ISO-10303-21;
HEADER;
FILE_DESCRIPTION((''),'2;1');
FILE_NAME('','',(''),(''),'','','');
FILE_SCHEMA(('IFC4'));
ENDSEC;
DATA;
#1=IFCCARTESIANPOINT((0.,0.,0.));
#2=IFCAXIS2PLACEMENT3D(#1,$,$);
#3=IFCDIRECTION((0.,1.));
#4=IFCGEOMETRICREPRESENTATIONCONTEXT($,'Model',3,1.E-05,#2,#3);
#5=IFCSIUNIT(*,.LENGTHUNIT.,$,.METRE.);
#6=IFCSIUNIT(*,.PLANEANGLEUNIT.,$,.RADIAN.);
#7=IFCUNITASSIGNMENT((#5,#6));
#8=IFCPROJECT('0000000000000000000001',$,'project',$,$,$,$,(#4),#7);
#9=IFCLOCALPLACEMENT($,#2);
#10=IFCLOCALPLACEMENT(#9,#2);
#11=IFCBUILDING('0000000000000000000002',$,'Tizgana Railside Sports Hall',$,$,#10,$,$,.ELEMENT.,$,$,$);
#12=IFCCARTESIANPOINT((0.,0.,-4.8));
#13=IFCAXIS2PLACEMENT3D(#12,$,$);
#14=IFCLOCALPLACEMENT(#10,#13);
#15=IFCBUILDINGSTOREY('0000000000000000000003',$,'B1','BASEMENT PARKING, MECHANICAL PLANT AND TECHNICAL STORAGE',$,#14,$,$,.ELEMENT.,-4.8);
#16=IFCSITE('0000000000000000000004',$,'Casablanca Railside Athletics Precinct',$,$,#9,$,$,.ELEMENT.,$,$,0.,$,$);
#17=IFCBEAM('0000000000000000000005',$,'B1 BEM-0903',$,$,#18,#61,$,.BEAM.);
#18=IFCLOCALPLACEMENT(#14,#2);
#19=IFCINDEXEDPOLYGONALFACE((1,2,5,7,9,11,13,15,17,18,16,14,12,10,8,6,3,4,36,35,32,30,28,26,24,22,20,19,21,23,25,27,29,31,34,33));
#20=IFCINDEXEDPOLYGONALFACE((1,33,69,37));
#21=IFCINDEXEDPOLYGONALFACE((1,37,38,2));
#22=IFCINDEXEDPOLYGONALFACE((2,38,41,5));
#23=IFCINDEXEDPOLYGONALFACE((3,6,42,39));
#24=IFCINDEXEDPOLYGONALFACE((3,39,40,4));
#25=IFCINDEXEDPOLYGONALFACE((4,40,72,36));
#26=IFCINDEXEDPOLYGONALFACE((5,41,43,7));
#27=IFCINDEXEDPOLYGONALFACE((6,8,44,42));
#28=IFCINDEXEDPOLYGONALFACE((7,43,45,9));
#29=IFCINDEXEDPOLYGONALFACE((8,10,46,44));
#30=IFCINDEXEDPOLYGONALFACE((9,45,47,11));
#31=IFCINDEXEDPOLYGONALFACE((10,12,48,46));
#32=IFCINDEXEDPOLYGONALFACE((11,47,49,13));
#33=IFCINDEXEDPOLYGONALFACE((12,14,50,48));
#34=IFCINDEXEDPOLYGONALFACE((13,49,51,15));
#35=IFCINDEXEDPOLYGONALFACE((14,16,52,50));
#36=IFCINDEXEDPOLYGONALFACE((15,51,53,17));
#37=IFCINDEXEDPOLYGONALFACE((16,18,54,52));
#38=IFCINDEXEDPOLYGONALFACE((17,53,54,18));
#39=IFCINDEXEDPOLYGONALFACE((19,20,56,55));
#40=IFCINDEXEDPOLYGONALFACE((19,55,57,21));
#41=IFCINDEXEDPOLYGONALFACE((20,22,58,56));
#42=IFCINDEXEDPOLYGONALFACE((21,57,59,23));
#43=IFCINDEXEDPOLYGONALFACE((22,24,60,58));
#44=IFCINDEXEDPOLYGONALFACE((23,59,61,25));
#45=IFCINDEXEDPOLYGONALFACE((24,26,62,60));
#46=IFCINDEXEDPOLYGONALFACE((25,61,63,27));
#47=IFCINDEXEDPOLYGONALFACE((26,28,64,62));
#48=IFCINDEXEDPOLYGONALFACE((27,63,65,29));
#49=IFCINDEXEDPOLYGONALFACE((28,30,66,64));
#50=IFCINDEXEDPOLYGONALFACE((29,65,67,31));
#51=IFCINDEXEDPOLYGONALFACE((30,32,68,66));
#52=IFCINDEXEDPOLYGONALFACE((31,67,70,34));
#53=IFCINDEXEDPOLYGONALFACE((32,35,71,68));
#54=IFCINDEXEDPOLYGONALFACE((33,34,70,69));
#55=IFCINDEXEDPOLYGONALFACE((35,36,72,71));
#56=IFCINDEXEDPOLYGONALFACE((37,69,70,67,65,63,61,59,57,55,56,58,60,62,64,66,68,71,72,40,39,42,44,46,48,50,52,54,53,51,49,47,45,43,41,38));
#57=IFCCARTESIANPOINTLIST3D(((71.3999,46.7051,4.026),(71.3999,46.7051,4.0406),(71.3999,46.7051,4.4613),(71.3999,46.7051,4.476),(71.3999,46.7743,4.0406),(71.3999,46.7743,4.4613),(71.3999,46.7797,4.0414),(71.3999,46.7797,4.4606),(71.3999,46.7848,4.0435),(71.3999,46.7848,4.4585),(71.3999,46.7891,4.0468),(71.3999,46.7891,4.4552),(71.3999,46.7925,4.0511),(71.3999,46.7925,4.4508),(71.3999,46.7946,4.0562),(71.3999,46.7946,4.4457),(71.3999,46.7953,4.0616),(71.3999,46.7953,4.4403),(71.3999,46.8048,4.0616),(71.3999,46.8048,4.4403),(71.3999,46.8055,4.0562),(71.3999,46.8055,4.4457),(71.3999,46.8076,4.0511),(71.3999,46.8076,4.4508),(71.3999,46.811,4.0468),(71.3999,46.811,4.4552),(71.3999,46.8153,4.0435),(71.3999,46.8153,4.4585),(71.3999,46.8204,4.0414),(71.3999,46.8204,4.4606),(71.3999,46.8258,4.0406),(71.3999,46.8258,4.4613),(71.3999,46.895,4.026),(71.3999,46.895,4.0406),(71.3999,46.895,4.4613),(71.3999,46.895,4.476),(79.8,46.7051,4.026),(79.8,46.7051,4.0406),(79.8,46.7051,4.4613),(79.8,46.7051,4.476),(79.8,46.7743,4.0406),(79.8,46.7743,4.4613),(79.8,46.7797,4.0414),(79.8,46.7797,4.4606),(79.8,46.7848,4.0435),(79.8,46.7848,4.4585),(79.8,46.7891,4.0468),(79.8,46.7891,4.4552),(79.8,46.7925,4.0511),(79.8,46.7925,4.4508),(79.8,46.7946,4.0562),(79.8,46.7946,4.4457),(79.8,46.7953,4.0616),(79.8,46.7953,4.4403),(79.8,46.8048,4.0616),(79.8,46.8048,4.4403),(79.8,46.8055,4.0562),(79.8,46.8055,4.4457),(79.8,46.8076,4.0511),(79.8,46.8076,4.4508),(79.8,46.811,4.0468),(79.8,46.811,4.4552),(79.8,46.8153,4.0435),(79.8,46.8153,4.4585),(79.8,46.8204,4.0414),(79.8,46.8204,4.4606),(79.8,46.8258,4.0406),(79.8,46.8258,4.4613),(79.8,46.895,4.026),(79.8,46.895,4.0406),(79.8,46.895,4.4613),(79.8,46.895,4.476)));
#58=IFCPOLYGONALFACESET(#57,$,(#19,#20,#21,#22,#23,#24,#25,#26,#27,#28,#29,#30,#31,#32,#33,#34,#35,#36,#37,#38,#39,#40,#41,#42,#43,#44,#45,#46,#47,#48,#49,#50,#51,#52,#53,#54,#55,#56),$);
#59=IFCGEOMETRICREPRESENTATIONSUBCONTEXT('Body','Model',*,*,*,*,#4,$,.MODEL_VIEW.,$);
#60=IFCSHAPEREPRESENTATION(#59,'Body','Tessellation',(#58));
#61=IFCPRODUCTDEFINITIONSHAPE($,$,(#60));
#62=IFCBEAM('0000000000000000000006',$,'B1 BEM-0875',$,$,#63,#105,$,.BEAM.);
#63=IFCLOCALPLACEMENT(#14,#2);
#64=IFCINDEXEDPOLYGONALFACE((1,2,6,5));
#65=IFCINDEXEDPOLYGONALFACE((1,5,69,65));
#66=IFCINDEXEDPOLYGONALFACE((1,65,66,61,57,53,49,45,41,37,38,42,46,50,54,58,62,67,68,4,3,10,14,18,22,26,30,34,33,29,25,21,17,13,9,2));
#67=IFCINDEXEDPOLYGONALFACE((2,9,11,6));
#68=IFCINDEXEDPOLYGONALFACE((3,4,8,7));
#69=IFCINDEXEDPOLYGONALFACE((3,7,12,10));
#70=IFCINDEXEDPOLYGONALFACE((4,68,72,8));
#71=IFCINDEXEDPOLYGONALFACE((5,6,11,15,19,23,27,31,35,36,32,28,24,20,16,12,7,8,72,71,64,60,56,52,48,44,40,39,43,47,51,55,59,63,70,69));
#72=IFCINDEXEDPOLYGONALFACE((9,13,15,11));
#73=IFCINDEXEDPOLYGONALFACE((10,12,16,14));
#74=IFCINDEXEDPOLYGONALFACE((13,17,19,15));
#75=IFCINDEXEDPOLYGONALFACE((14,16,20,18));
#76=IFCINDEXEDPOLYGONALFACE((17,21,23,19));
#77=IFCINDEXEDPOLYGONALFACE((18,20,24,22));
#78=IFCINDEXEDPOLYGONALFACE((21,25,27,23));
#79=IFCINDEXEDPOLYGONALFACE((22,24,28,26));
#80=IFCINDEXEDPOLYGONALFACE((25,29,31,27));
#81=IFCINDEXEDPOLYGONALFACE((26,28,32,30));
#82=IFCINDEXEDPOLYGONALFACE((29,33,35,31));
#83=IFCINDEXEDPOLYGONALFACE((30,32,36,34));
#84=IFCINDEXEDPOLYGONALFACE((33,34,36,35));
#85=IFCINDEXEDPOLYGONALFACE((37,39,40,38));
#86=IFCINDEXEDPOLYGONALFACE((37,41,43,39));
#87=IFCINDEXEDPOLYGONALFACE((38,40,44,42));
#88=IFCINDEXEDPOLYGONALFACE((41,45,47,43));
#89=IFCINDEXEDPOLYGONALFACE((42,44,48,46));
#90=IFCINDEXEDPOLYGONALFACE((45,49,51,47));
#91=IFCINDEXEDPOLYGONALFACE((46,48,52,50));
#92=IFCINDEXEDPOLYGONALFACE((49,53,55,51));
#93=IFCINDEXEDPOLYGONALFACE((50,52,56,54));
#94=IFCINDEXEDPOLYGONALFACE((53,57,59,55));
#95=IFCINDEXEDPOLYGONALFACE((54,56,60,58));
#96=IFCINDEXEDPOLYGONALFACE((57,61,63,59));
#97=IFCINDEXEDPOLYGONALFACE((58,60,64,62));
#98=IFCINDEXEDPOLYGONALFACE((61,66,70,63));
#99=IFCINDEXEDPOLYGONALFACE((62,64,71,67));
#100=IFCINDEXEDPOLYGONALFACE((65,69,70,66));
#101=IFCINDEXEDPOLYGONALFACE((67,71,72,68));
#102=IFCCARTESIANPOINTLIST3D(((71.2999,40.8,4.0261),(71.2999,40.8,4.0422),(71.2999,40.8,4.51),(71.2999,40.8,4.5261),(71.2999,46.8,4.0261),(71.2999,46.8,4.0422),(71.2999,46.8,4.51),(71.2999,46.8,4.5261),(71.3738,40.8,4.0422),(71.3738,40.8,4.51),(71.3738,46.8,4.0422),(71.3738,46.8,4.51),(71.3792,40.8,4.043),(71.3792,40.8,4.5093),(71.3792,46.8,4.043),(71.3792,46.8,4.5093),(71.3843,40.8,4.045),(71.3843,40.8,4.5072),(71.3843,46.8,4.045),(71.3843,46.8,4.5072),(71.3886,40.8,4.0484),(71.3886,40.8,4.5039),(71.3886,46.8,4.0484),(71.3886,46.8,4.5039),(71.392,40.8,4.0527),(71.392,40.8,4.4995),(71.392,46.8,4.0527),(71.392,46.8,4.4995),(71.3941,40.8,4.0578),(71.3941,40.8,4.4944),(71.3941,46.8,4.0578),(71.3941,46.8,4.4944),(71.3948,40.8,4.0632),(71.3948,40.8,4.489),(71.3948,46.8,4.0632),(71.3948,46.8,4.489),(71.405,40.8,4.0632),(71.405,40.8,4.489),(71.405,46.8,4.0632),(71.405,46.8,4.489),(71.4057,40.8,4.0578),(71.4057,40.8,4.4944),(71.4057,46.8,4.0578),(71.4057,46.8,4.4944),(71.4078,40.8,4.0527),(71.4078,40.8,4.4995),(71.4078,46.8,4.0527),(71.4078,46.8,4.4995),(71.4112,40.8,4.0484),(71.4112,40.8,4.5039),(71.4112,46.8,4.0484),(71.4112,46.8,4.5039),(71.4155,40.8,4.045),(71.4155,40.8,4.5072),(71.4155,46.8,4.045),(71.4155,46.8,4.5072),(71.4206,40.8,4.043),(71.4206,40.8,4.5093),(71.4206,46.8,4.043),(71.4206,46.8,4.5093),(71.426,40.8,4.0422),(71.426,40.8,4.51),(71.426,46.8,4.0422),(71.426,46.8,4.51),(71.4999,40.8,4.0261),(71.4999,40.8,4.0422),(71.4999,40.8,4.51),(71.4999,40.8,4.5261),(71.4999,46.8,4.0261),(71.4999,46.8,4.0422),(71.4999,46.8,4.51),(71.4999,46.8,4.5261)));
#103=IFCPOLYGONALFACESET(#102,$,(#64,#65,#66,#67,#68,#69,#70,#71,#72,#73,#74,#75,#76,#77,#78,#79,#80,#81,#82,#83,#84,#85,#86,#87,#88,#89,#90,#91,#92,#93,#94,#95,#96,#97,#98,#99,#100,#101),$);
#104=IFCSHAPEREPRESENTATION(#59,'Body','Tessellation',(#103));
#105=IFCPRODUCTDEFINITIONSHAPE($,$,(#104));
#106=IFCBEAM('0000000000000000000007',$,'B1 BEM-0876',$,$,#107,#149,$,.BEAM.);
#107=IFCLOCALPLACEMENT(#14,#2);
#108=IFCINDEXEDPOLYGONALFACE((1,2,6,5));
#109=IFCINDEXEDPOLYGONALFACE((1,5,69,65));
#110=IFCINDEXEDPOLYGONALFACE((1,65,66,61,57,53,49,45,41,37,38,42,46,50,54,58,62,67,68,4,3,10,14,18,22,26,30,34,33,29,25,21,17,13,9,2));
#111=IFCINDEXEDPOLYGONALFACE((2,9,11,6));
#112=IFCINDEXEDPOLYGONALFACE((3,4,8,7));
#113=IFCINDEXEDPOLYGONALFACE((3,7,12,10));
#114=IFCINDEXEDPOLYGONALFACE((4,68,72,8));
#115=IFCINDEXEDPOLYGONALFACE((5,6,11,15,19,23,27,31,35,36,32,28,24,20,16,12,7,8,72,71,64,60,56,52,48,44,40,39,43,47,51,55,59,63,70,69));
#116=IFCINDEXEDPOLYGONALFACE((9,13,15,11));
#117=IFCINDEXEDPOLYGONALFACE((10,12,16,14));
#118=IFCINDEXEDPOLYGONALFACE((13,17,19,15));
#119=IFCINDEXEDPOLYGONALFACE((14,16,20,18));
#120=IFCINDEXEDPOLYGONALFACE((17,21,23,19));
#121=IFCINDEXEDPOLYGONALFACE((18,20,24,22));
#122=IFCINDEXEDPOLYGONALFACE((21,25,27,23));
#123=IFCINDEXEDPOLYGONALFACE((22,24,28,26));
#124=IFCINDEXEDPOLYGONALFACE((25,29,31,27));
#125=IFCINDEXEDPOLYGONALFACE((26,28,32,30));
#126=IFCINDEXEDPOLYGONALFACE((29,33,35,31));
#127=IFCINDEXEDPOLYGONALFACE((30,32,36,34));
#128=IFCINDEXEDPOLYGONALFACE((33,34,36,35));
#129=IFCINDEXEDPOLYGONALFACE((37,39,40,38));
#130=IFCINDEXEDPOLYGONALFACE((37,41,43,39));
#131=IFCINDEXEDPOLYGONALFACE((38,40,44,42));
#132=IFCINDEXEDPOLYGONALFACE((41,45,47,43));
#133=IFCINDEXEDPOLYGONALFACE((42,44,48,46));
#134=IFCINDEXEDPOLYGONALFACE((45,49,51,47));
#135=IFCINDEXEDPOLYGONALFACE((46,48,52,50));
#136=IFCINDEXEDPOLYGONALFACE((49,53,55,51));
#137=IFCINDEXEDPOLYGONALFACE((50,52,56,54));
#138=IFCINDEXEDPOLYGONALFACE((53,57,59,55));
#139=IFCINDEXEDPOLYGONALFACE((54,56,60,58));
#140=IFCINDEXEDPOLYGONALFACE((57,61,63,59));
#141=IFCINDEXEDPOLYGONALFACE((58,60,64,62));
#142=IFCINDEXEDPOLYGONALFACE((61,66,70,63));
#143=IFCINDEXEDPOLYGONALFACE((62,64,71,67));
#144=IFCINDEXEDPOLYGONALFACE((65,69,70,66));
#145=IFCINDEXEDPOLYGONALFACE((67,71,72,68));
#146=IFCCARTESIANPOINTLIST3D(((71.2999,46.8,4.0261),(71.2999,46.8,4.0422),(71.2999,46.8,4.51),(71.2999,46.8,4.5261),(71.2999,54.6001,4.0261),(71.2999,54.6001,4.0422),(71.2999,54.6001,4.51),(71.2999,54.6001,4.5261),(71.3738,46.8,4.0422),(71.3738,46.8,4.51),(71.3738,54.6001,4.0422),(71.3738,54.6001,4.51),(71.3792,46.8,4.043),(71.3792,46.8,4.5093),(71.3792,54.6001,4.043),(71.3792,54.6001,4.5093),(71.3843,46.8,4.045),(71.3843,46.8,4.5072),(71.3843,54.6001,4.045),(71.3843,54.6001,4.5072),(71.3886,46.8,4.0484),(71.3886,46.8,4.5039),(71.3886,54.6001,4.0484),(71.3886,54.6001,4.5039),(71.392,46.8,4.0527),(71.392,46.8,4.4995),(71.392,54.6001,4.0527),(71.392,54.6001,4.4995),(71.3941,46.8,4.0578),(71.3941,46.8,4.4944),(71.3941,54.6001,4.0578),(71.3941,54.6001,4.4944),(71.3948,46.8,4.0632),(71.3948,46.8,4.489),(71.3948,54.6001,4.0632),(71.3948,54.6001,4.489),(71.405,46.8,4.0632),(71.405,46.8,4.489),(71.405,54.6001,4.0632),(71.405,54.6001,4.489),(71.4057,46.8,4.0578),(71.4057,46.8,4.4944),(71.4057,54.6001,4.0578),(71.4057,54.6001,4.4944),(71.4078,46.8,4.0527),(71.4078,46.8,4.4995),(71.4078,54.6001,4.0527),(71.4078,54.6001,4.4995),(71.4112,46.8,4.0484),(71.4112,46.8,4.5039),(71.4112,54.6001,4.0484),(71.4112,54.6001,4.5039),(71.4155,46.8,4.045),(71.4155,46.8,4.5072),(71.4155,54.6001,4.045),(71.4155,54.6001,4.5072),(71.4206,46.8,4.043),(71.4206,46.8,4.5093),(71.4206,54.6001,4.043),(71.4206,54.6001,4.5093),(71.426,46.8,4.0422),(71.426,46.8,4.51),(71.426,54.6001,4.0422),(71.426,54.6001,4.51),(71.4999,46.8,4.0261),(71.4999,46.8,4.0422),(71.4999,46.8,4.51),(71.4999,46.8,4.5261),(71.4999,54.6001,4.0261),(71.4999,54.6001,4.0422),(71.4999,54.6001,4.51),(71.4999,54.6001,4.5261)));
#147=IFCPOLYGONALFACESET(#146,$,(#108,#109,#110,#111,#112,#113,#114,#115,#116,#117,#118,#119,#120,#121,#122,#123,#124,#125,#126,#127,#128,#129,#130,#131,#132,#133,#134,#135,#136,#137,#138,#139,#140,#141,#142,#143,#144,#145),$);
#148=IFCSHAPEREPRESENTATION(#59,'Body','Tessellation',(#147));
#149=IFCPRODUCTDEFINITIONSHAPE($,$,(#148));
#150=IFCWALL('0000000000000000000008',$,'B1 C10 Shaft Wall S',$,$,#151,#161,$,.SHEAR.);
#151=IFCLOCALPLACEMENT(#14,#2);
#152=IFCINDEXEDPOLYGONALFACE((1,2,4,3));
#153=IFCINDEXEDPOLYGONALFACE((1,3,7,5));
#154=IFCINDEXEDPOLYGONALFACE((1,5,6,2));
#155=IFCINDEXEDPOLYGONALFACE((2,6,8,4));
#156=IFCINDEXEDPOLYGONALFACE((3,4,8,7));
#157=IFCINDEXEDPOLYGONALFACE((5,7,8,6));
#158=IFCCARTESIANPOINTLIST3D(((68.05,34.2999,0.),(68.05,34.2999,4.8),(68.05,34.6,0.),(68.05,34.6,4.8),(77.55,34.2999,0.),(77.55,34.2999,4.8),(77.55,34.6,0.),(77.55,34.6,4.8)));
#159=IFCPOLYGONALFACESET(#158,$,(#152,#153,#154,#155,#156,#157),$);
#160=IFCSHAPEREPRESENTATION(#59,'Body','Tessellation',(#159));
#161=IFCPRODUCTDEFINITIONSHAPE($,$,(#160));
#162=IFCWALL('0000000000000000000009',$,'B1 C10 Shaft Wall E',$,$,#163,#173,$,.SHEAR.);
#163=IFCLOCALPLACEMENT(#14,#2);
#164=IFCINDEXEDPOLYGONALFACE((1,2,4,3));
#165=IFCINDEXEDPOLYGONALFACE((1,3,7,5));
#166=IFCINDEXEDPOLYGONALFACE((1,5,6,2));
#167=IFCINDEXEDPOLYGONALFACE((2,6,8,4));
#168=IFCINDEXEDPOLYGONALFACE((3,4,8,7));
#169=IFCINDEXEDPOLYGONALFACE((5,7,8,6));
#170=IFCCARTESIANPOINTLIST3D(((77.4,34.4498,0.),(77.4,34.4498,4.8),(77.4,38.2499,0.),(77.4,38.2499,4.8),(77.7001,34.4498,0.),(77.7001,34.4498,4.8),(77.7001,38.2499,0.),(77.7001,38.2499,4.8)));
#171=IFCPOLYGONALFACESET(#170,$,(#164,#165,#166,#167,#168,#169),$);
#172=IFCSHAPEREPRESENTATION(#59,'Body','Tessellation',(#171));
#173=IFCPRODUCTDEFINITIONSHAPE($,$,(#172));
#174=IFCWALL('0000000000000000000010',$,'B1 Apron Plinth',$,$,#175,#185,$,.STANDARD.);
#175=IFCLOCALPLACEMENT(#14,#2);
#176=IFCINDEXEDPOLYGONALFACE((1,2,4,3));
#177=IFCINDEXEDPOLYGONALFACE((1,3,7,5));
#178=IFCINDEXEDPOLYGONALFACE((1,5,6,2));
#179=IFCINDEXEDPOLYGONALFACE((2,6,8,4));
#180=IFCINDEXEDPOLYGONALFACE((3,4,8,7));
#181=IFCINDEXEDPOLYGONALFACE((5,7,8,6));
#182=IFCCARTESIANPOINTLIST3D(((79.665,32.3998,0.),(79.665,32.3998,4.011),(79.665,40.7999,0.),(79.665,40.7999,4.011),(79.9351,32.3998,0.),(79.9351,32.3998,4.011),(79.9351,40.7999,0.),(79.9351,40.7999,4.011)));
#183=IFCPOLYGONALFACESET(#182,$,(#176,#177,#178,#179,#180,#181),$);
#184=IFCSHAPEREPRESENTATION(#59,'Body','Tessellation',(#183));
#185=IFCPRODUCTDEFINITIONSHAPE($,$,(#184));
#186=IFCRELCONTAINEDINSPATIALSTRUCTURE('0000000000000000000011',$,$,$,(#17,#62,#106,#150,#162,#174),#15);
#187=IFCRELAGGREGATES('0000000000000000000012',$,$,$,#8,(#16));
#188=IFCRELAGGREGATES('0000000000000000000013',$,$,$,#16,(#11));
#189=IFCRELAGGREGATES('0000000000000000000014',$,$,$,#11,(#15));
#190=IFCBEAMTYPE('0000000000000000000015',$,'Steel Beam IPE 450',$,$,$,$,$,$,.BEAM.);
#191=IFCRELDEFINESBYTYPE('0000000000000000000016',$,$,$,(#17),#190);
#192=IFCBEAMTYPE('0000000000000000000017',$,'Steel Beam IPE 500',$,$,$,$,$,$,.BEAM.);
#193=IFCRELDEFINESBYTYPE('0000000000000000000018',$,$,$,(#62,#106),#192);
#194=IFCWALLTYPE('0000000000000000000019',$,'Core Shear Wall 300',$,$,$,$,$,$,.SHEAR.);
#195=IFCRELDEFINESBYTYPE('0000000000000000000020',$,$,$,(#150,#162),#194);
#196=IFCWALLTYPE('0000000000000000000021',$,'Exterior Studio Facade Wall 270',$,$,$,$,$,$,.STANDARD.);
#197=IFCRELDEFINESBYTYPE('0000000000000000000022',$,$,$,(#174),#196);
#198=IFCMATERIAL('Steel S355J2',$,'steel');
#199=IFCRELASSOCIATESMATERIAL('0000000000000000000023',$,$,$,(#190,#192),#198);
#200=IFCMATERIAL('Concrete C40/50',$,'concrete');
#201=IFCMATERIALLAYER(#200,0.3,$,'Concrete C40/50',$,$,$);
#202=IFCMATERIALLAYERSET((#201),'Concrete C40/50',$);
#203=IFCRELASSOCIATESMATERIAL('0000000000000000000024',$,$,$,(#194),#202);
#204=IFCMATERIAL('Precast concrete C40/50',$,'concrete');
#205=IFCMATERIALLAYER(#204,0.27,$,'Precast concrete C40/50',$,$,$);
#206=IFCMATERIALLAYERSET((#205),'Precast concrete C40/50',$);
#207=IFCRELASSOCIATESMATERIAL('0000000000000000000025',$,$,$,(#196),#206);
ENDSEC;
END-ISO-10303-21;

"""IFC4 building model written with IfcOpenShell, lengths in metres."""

from ifc_helpers import new_model, si_unit, direction, frame, frame_2d, origin, origin_2d, place, context, subcontext, project, spatial, rectangle, i_section, extrude, material, layer, layer_set, material_profile, profile_set, type_object, element, save


model = new_model("IFC4")

# Units and contexts
model_context = context("Model", 3, precision=1e-05, world=origin(), true_north=direction((0.0, 1.0)))
body_context = subcontext(model_context, "Body", "Model", "MODEL_VIEW")
ifc_project = project(units=[si_unit("LENGTHUNIT", "METRE"), si_unit("PLANEANGLEUNIT", "RADIAN")], contexts=[model_context])

# Site, building, storey
site_placement = place(None, origin())
site = spatial("IfcSite", under=ifc_project, at=site_placement, Name="Casablanca Railside Athletics Precinct", CompositionType="ELEMENT", RefElevation=0.0)
building_placement = place(site_placement, origin())
building = spatial("IfcBuilding", under=site, at=building_placement, Name="Tizgana Railside Sports Hall", CompositionType="ELEMENT")
storey_placement = place(building_placement, frame((0.0, 0.0, -4.8)))
storey = spatial("IfcBuildingStorey", under=building, at=storey_placement, Name="B1", Description="BASEMENT PARKING, MECHANICAL PLANT AND TECHNICAL STORAGE", CompositionType="ELEMENT", Elevation=-4.8)

# Shared definitions
ifc_material_1 = material(Name="Concrete C40/50", Category="concrete")

# Beams
ifc_material_2 = material(Name="Steel S355J2", Category="steel")
ifc_material_profile_1 = material_profile(ifc_material_2, i_section(OverallWidth=0.1899, OverallDepth=0.45, WebThickness=0.0095, FlangeThickness=0.0146, FilletRadius=0.021, at=origin_2d()), Name="IPE 450")
ifc_profile_set_1 = profile_set([ifc_material_profile_1], Name="Steel S355J2")
beam_type_1 = type_object("IfcBeamType", Name="Steel Beam IPE 450", PredefinedType="BEAM", material=ifc_profile_set_1)
for number, where, z_axis, x_axis, name in (
    (1, (71.3999, 46.8, 4.251), (1.0, 0.0, 0.0), (0.0, 1.0, 0.0), "B1 BEM-0903"),
):
    element("IfcBeam", number, at=place(storey_placement, frame(where, z_axis=z_axis, x_axis=x_axis)), inside=storey, type_object=beam_type_1, Name=name, PredefinedType="BEAM", context=body_context, shape_type="SweptSolid", body=[
        extrude(i_section(OverallWidth=0.1899, OverallDepth=0.45, WebThickness=0.0095, FlangeThickness=0.0146, FilletRadius=0.021, at=origin_2d()), origin(), (0.0, 0.0, 1.0), 8.4001),
    ])
ifc_material_profile_2 = material_profile(ifc_material_2, i_section(OverallWidth=0.2, OverallDepth=0.5, WebThickness=0.0103, FlangeThickness=0.0161, FilletRadius=0.021, at=origin_2d()), Name="IPE 500")
ifc_profile_set_2 = profile_set([ifc_material_profile_2], Name="Steel S355J2")
beam_type_2 = type_object("IfcBeamType", Name="Steel Beam IPE 500", PredefinedType="BEAM", material=ifc_profile_set_2)
beam_1_placement = place(storey_placement, frame((71.3999, 40.8, 4.2761), z_axis=(0.0, 1.0, 0.0), x_axis=(-1.0, 0.0, 0.0)))
element("IfcBeam", 2, at=beam_1_placement, inside=storey, type_object=beam_type_2, Name="B1 BEM-0875", PredefinedType="BEAM", context=body_context, shape_type="SweptSolid", body=[
    extrude(i_section(OverallWidth=0.2, OverallDepth=0.5, WebThickness=0.0103, FlangeThickness=0.0161, FilletRadius=0.021, at=origin_2d()), origin(), (0.0, 0.0, 1.0), 6.0),
])
beam_2_placement = place(storey_placement, frame((71.3999, 46.8, 4.2761), z_axis=(0.0, 1.0, 0.0), x_axis=(-1.0, 0.0, 0.0)))
element("IfcBeam", 3, at=beam_2_placement, inside=storey, type_object=beam_type_2, Name="B1 BEM-0876", PredefinedType="BEAM", context=body_context, shape_type="SweptSolid", body=[
    extrude(i_section(OverallWidth=0.2, OverallDepth=0.5, WebThickness=0.0103, FlangeThickness=0.0161, FilletRadius=0.021, at=origin_2d()), origin(), (0.0, 0.0, 1.0), 7.8),
])

# Walls
ifc_layer_1 = layer(ifc_material_1, 0.3, Name="Concrete C40/50")
ifc_layer_set_1 = layer_set([ifc_layer_1], Name="Concrete C40/50")
wall_type_1 = type_object("IfcWallType", Name="Core Shear Wall 300", PredefinedType="SHEAR", material=ifc_layer_set_1)
wall_1_placement = place(storey_placement, frame((77.55, 34.45, 0.0), z_axis=(0.0, 0.0, 1.0), x_axis=(-1.0, 0.0, 0.0)))
element("IfcWall", 4, at=wall_1_placement, inside=storey, type_object=wall_type_1, Name="B1 C10 Shaft Wall S", PredefinedType="SHEAR", context=body_context, shape_type="SweptSolid", body=[
    extrude(rectangle(XDim=9.5, YDim=0.3, at=frame_2d((4.75, 0.0))), origin(), (0.0, 0.0, 1.0), 4.8),
])
wall_2_placement = place(storey_placement, frame((77.55, 34.45, 0.0), z_axis=(0.0, 0.0, 1.0), x_axis=(0.0, 1.0, 0.0)))
element("IfcWall", 5, at=wall_2_placement, inside=storey, type_object=wall_type_1, Name="B1 C10 Shaft Wall E", PredefinedType="SHEAR", context=body_context, shape_type="SweptSolid", body=[
    extrude(rectangle(XDim=3.8, YDim=0.3, at=frame_2d((1.8999, 0.0))), origin(), (0.0, 0.0, 1.0), 4.8),
])
ifc_material_3 = material(Name="Precast concrete C40/50", Category="concrete")
ifc_layer_2 = layer(ifc_material_3, 0.27, Name="Precast concrete C40/50")
ifc_layer_set_2 = layer_set([ifc_layer_2], Name="Precast concrete C40/50")
wall_type_2 = type_object("IfcWallType", Name="Exterior Studio Facade Wall 270", PredefinedType="STANDARD", material=ifc_layer_set_2)
wall_3_placement = place(storey_placement, frame((79.8, 40.8, 0.0), z_axis=(0.0, 0.0, 1.0), x_axis=(0.0, -1.0, 0.0)))
element("IfcWall", 6, at=wall_3_placement, inside=storey, type_object=wall_type_2, Name="B1 Apron Plinth", PredefinedType="STANDARD", context=body_context, shape_type="SweptSolid", body=[
    extrude(rectangle(XDim=8.4001, YDim=0.27, at=frame_2d((4.2002, 0.0))), origin(), (0.0, 0.0, 1.0), 4.011),
])

save(model, "model.ifc")
